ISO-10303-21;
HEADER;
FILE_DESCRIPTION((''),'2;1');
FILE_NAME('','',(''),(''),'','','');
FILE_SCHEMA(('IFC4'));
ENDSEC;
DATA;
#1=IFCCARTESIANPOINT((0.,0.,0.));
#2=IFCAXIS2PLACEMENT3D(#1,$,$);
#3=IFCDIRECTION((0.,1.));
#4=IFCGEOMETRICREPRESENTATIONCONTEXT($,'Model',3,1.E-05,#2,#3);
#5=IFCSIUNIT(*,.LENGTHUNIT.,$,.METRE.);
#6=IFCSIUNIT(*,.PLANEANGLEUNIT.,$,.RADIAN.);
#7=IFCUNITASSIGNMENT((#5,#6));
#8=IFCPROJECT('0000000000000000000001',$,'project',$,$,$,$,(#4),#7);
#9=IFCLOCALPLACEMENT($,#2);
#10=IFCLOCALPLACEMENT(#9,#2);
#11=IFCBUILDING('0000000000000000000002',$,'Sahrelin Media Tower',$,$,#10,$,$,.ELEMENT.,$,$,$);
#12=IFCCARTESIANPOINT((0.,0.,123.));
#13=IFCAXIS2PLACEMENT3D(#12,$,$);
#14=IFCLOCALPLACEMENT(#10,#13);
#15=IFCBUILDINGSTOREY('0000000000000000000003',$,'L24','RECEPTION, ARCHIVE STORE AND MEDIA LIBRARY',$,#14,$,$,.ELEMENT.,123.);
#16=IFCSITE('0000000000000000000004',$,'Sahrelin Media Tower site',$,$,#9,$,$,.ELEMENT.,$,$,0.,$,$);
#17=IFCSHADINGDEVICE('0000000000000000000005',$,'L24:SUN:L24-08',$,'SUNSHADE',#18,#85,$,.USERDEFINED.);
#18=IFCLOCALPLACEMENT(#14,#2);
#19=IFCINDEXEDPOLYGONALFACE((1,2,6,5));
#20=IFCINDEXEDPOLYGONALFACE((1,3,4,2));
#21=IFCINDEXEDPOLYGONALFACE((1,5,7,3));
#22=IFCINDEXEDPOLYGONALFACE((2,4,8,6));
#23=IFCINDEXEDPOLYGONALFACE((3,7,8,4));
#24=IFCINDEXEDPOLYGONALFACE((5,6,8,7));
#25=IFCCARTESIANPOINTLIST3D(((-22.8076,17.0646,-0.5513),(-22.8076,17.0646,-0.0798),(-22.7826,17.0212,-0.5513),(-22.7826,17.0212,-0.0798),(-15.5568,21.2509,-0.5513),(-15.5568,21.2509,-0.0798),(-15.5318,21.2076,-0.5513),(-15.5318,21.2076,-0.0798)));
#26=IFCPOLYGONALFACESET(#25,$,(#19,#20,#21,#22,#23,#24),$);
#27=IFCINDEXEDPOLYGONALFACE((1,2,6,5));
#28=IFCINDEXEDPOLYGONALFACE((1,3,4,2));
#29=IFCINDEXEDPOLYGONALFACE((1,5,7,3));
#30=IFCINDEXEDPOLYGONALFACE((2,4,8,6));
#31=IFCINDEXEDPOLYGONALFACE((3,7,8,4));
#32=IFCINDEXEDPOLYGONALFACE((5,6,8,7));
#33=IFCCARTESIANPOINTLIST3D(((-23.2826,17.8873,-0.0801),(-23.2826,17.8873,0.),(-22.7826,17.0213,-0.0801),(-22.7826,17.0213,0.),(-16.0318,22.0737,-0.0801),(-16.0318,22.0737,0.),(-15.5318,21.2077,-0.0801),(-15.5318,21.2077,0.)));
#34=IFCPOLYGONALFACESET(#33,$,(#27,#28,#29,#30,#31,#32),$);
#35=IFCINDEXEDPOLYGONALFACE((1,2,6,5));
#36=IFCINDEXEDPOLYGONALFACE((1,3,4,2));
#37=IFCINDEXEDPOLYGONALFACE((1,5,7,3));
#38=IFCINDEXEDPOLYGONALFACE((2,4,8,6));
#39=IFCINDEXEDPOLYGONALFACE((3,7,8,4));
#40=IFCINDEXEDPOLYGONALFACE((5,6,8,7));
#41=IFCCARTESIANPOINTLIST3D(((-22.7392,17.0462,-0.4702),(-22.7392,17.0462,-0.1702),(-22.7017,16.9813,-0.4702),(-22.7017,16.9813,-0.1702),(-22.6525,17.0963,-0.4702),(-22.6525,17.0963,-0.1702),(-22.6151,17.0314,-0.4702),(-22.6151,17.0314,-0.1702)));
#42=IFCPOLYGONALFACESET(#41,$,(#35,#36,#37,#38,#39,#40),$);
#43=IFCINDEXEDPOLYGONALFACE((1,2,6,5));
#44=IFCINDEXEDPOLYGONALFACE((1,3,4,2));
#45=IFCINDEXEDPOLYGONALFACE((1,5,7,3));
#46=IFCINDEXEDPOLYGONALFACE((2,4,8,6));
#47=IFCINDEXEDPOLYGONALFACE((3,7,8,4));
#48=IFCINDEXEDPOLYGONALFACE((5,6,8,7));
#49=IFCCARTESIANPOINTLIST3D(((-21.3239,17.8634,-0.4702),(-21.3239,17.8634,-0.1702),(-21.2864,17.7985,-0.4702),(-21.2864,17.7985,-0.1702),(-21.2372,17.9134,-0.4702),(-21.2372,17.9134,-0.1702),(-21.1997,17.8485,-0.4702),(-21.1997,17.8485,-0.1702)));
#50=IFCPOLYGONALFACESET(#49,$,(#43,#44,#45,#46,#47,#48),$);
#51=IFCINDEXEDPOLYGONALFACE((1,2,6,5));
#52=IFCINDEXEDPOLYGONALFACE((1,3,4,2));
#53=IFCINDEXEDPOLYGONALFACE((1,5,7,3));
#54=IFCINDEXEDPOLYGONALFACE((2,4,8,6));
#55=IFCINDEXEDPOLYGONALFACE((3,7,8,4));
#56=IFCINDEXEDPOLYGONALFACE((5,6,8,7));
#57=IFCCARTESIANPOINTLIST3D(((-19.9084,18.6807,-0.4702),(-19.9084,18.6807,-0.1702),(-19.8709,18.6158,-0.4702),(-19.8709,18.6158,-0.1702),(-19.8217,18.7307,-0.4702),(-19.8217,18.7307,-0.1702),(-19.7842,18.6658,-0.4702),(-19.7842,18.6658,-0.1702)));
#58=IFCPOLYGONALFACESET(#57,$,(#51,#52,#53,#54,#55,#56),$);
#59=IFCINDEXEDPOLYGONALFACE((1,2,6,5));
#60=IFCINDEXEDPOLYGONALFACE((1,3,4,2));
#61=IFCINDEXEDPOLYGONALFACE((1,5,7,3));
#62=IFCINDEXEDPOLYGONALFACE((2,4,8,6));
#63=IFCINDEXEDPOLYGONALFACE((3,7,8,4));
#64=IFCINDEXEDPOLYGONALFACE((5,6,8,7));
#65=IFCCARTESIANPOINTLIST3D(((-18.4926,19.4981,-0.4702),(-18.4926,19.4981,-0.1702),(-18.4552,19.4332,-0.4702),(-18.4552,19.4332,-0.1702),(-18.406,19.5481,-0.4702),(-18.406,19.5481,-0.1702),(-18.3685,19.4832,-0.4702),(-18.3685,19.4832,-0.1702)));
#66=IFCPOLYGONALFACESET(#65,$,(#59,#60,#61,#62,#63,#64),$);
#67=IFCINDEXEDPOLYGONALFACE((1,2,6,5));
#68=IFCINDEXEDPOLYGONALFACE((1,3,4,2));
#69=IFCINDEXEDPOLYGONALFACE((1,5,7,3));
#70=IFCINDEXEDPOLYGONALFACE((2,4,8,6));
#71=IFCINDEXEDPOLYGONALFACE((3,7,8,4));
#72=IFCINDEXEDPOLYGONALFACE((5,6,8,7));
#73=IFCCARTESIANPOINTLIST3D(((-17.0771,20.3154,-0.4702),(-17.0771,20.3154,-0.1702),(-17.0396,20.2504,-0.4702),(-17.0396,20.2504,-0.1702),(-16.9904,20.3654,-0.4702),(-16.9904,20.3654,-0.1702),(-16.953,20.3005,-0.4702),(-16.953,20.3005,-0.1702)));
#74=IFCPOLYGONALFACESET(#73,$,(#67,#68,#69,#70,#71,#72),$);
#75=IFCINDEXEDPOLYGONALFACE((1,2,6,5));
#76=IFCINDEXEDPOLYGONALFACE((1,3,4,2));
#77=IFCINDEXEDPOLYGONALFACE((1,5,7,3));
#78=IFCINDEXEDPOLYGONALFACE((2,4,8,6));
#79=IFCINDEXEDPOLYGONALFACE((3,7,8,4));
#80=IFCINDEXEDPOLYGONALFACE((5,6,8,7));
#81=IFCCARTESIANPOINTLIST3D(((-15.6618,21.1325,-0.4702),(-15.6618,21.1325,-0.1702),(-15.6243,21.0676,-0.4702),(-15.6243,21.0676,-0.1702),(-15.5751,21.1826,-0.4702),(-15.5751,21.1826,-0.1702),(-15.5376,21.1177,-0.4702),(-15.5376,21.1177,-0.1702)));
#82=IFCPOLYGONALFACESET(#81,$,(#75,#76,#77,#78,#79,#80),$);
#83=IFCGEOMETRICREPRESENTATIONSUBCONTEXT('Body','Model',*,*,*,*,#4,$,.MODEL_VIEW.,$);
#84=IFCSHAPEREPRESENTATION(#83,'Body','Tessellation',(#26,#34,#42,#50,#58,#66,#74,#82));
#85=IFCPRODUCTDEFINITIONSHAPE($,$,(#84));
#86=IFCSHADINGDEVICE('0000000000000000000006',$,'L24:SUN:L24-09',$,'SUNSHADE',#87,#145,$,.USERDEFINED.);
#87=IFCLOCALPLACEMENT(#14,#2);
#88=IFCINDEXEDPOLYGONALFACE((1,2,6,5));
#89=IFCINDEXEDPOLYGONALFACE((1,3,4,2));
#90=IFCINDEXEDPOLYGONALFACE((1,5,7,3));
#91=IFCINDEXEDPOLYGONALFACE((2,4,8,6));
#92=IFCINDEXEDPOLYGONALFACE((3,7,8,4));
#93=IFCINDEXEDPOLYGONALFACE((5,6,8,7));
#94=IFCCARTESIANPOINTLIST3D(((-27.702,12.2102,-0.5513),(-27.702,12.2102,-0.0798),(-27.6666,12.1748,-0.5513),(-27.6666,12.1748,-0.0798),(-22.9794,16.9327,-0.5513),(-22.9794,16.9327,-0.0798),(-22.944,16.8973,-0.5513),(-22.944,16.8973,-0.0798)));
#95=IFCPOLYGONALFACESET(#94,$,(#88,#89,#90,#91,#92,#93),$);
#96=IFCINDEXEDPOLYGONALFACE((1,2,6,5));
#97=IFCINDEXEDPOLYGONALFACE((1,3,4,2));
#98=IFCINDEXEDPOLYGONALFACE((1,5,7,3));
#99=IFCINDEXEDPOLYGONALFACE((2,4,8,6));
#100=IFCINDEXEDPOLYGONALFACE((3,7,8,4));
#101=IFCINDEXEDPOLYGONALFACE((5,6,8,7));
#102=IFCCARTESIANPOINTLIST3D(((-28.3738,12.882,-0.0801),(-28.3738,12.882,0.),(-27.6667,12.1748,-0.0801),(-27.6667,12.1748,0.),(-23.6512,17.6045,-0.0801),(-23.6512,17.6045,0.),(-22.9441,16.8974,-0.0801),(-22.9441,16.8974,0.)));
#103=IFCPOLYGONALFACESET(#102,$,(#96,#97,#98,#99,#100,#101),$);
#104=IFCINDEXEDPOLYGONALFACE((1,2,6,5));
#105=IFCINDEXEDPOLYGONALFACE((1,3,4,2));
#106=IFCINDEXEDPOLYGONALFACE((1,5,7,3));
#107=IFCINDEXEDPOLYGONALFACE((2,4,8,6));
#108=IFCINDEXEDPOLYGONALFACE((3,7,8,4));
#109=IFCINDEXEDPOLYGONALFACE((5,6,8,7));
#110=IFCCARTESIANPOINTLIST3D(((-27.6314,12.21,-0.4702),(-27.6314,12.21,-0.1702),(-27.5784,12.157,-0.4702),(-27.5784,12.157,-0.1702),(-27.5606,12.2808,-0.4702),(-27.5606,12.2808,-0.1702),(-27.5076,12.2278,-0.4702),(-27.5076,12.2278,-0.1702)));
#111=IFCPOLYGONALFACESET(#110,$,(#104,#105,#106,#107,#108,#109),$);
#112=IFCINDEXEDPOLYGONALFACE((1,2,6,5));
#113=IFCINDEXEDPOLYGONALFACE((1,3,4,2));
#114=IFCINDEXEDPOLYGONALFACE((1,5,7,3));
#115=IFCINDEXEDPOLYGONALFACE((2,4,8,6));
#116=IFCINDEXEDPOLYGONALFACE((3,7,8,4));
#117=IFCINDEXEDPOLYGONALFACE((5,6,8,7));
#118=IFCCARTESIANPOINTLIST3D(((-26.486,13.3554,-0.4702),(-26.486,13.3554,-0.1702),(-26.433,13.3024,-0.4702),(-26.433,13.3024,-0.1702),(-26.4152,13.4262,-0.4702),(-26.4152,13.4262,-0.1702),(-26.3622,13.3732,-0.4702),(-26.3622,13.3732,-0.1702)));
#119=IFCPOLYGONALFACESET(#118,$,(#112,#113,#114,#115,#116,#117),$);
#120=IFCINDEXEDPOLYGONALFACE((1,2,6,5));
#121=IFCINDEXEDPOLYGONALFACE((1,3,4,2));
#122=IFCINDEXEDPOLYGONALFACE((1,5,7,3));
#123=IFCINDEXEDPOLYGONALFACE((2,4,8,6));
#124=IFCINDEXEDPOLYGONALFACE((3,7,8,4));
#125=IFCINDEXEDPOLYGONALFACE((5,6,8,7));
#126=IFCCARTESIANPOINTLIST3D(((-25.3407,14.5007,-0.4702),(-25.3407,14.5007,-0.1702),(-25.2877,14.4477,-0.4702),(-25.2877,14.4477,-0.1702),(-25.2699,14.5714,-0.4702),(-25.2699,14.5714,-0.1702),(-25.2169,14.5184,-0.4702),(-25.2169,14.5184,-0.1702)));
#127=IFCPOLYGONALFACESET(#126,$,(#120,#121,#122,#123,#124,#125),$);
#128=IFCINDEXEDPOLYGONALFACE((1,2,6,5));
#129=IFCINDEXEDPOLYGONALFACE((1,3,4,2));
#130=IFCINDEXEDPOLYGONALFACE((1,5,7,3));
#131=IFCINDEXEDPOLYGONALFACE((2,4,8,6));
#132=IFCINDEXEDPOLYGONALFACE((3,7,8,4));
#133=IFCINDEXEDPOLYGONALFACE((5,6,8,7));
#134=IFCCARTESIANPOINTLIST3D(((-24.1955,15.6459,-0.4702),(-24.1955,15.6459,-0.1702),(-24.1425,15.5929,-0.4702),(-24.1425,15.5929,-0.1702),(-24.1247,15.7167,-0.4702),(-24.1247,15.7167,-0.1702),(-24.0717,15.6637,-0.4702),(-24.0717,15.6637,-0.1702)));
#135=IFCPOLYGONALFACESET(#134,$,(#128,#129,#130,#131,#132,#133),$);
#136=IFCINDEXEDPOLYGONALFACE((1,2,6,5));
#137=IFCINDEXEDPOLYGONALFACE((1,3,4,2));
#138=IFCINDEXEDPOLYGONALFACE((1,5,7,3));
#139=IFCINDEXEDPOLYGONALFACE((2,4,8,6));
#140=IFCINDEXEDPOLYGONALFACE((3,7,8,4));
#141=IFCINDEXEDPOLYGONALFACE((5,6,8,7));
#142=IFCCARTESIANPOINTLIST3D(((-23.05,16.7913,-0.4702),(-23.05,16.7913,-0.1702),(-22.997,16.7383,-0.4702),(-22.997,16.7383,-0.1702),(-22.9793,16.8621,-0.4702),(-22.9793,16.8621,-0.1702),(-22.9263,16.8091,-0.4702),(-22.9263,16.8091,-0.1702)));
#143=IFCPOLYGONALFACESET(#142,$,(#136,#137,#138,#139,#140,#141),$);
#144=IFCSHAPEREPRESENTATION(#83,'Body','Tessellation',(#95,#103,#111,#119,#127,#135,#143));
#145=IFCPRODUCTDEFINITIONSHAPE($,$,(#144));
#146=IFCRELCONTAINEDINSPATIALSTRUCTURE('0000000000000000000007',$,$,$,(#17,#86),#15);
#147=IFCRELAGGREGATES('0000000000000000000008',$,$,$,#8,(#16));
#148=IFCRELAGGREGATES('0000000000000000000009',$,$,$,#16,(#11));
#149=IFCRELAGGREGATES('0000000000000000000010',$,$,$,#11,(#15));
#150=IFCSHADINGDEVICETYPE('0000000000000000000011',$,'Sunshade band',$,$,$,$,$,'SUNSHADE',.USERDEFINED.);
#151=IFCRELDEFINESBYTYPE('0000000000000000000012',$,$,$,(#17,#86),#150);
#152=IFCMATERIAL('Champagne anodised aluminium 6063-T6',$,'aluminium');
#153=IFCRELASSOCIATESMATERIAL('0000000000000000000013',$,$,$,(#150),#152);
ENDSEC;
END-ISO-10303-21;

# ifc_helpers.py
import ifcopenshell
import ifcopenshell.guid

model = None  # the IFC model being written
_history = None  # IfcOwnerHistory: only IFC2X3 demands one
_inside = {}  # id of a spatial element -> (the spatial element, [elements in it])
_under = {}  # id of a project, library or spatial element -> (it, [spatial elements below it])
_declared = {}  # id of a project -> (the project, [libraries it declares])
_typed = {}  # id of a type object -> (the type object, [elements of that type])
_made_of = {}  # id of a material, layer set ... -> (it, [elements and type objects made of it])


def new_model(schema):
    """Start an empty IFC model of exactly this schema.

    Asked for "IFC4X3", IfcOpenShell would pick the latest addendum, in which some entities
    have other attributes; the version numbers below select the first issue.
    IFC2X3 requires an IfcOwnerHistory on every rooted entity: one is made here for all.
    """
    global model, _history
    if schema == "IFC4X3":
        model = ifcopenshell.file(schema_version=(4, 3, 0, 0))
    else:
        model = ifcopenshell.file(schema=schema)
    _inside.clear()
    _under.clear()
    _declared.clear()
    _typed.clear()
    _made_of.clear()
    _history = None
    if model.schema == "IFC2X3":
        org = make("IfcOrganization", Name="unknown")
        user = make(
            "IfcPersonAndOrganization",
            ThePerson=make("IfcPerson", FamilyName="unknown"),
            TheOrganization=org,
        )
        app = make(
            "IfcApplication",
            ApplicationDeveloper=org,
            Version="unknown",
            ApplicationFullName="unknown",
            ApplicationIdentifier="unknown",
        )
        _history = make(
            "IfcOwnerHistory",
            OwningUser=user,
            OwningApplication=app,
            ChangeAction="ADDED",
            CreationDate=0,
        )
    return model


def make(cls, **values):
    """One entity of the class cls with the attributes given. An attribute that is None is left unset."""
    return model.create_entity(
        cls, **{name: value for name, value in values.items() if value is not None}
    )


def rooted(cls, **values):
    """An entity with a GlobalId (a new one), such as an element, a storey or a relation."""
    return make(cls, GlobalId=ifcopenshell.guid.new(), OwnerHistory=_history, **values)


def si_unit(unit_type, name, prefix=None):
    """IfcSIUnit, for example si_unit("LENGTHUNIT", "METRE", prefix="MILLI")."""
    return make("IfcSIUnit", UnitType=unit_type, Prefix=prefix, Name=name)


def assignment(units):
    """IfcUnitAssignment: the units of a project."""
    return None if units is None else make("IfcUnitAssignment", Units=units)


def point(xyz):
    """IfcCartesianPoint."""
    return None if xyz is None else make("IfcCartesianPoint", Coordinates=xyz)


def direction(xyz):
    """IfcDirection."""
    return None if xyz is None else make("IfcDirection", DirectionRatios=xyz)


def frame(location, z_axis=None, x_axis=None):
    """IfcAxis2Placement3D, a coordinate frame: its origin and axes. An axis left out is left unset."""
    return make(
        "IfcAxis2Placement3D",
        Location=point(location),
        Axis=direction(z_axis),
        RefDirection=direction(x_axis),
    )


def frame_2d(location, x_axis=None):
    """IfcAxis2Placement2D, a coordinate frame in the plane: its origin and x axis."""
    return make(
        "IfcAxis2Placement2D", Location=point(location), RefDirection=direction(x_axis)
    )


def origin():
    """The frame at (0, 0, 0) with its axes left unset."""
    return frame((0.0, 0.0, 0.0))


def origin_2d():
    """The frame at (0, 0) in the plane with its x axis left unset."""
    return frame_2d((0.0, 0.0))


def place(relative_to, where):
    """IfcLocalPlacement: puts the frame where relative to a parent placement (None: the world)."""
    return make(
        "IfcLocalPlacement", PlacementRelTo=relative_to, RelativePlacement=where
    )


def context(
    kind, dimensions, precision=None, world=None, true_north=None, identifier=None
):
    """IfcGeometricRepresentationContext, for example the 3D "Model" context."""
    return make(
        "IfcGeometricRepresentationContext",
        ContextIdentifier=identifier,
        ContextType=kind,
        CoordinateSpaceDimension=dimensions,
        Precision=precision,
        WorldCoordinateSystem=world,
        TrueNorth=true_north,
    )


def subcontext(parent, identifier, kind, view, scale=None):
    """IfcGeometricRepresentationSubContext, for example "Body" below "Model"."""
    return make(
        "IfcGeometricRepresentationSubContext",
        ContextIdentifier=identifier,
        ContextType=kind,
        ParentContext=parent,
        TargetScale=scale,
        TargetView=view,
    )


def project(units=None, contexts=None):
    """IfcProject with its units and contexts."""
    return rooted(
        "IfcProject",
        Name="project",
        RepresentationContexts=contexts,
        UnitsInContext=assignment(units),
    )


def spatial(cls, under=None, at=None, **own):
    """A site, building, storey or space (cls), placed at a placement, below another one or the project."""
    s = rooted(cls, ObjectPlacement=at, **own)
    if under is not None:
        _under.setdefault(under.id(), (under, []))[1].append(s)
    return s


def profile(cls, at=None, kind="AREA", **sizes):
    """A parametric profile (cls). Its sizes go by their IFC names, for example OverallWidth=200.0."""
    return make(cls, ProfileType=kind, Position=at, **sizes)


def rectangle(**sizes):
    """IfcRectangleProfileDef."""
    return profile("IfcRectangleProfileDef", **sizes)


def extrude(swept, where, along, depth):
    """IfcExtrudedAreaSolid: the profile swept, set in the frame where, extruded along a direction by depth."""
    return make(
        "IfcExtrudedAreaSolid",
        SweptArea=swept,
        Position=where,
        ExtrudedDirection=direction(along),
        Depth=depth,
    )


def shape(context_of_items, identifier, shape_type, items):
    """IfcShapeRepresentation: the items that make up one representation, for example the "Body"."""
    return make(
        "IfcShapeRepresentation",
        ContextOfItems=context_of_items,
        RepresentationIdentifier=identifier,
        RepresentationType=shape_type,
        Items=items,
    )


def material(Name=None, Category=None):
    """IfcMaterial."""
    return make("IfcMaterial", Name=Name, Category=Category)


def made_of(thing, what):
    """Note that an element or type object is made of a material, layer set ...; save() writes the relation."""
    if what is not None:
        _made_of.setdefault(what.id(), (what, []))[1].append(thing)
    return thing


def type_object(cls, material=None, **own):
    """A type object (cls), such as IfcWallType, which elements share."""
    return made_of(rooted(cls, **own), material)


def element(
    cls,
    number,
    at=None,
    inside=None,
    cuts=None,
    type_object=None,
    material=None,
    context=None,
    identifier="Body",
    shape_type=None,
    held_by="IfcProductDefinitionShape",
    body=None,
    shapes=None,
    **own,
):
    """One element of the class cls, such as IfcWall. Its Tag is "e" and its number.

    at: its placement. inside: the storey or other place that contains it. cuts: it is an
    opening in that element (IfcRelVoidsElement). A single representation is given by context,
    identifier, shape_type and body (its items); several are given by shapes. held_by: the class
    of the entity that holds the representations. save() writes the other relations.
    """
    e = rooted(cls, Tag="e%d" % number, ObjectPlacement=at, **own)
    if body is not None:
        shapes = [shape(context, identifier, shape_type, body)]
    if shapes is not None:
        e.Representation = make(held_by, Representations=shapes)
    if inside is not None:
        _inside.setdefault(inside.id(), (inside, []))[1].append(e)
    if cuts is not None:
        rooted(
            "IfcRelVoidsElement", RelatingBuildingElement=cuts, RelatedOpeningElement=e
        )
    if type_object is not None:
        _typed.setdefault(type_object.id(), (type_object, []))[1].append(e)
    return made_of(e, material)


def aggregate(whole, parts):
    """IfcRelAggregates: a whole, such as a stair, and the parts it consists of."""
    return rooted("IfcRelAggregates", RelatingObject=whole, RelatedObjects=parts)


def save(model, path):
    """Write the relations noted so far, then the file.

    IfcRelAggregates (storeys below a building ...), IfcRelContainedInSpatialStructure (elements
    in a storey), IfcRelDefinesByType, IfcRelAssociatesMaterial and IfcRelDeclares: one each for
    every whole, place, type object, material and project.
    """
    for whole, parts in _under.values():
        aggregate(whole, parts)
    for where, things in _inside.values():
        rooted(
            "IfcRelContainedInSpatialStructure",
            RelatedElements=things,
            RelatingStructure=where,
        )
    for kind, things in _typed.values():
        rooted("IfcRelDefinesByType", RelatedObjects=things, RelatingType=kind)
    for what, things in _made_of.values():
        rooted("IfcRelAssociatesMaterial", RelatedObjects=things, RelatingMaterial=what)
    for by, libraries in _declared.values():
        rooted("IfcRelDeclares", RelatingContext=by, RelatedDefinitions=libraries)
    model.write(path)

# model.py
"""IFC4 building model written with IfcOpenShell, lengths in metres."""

from ifc_helpers import new_model, si_unit, direction, frame, origin, origin_2d, place, context, subcontext, project, spatial, rectangle, extrude, material, type_object, element, save


model = new_model("IFC4")

# Units and contexts
model_context = context("Model", 3, precision=1e-05, world=origin(), true_north=direction((0.0, 1.0)))
body_context = subcontext(model_context, "Body", "Model", "MODEL_VIEW")
ifc_project = project(units=[si_unit("LENGTHUNIT", "METRE"), si_unit("PLANEANGLEUNIT", "RADIAN")], contexts=[model_context])

# Site, building, storey
site_placement = place(None, origin())
site = spatial("IfcSite", under=ifc_project, at=site_placement, Name="Sahrelin Media Tower site", CompositionType="ELEMENT", RefElevation=0.0)
building_placement = place(site_placement, origin())
building = spatial("IfcBuilding", under=site, at=building_placement, Name="Sahrelin Media Tower", CompositionType="ELEMENT")
storey_placement = place(building_placement, frame((0.0, 0.0, 123.0)))
storey = spatial("IfcBuildingStorey", under=building, at=storey_placement, Name="L24", Description="RECEPTION, ARCHIVE STORE AND MEDIA LIBRARY", CompositionType="ELEMENT", Elevation=123.0)

# Shared definitions
ifc_material_1 = material(Name="Champagne anodised aluminium 6063-T6", Category="aluminium")

# Shading devices
placement_1 = place(storey_placement, frame((-19.1472, 19.0972, 0.0), z_axis=(0.0, 0.0, 1.0), x_axis=(0.866019, 0.500011, 0.0)))
placement_2 = place(storey_placement, frame((-25.2913, 14.522, 0.0), z_axis=(0.0, 0.0, 1.0), x_axis=(0.707107, 0.707107, 0.0)))
shading_device_type_1 = type_object("IfcShadingDeviceType", Name="Sunshade band", ElementType="SUNSHADE", PredefinedType="USERDEFINED", material=ifc_material_1)
element("IfcShadingDevice", 1, at=placement_1, inside=storey, type_object=shading_device_type_1, Name="L24:SUN:L24-08", ObjectType="SUNSHADE", PredefinedType="USERDEFINED", context=body_context, shape_type="SweptSolid", body=[
    extrude(rectangle(XDim=8.3726, YDim=0.05, at=origin_2d()), frame((0.0, 0.0449, -0.5513)), (0.0, 0.0, 1.0), 0.4714),
    extrude(rectangle(XDim=8.3726, YDim=1.0, at=origin_2d()), frame((0.0, 0.52, -0.0801)), (0.0, 0.0, 1.0), 0.0801),
    extrude(rectangle(XDim=0.1001, YDim=0.075, at=origin_2d()), frame((-4.0862, -0.0176, -0.4702)), (0.0, 0.0, 1.0), 0.3),
    extrude(rectangle(XDim=0.1001, YDim=0.075, at=origin_2d()), frame((-2.4519, -0.0176, -0.4702)), (0.0, 0.0, 1.0), 0.3),
    extrude(rectangle(XDim=0.1001, YDim=0.075, at=origin_2d()), frame((-0.8174, -0.0176, -0.4702)), (0.0, 0.0, 1.0), 0.3),
    extrude(rectangle(XDim=0.1001, YDim=0.075, at=origin_2d()), frame((0.8174, -0.0176, -0.4702)), (0.0, 0.0, 1.0), 0.3),
    extrude(rectangle(XDim=0.1001, YDim=0.075, at=origin_2d()), frame((2.4519, -0.0176, -0.4702)), (0.0, 0.0, 1.0), 0.3),
    extrude(rectangle(XDim=0.1001, YDim=0.075, at=origin_2d()), frame((4.0862, -0.0176, -0.4702)), (0.0, 0.0, 1.0), 0.3),
])
element("IfcShadingDevice", 2, at=placement_2, inside=storey, type_object=shading_device_type_1, Name="L24:SUN:L24-09", ObjectType="SUNSHADE", PredefinedType="USERDEFINED", context=body_context, shape_type="SweptSolid", body=[
    extrude(rectangle(XDim=6.6787, YDim=0.05, at=origin_2d()), frame((0.0, 0.0449, -0.5513)), (0.0, 0.0, 1.0), 0.4714),
    extrude(rectangle(XDim=6.6787, YDim=1.0, at=origin_2d()), frame((0.0, 0.52, -0.0801)), (0.0, 0.0, 1.0), 0.0801),
    extrude(rectangle(XDim=0.1001, YDim=0.075, at=origin_2d()), frame((-3.2395, -0.0176, -0.4702)), (0.0, 0.0, 1.0), 0.3),
    extrude(rectangle(XDim=0.1001, YDim=0.075, at=origin_2d()), frame((-1.6196, -0.0176, -0.4702)), (0.0, 0.0, 1.0), 0.3),
    extrude(rectangle(XDim=0.1001, YDim=0.075, at=origin_2d()), frame((0.0, -0.0176, -0.4702)), (0.0, 0.0, 1.0), 0.3),
    extrude(rectangle(XDim=0.1001, YDim=0.075, at=origin_2d()), frame((1.6196, -0.0176, -0.4702)), (0.0, 0.0, 1.0), 0.3),
    extrude(rectangle(XDim=0.1001, YDim=0.075, at=origin_2d()), frame((3.2395, -0.0176, -0.4702)), (0.0, 0.0, 1.0), 0.3),
])

save(model, "model.ifc")
